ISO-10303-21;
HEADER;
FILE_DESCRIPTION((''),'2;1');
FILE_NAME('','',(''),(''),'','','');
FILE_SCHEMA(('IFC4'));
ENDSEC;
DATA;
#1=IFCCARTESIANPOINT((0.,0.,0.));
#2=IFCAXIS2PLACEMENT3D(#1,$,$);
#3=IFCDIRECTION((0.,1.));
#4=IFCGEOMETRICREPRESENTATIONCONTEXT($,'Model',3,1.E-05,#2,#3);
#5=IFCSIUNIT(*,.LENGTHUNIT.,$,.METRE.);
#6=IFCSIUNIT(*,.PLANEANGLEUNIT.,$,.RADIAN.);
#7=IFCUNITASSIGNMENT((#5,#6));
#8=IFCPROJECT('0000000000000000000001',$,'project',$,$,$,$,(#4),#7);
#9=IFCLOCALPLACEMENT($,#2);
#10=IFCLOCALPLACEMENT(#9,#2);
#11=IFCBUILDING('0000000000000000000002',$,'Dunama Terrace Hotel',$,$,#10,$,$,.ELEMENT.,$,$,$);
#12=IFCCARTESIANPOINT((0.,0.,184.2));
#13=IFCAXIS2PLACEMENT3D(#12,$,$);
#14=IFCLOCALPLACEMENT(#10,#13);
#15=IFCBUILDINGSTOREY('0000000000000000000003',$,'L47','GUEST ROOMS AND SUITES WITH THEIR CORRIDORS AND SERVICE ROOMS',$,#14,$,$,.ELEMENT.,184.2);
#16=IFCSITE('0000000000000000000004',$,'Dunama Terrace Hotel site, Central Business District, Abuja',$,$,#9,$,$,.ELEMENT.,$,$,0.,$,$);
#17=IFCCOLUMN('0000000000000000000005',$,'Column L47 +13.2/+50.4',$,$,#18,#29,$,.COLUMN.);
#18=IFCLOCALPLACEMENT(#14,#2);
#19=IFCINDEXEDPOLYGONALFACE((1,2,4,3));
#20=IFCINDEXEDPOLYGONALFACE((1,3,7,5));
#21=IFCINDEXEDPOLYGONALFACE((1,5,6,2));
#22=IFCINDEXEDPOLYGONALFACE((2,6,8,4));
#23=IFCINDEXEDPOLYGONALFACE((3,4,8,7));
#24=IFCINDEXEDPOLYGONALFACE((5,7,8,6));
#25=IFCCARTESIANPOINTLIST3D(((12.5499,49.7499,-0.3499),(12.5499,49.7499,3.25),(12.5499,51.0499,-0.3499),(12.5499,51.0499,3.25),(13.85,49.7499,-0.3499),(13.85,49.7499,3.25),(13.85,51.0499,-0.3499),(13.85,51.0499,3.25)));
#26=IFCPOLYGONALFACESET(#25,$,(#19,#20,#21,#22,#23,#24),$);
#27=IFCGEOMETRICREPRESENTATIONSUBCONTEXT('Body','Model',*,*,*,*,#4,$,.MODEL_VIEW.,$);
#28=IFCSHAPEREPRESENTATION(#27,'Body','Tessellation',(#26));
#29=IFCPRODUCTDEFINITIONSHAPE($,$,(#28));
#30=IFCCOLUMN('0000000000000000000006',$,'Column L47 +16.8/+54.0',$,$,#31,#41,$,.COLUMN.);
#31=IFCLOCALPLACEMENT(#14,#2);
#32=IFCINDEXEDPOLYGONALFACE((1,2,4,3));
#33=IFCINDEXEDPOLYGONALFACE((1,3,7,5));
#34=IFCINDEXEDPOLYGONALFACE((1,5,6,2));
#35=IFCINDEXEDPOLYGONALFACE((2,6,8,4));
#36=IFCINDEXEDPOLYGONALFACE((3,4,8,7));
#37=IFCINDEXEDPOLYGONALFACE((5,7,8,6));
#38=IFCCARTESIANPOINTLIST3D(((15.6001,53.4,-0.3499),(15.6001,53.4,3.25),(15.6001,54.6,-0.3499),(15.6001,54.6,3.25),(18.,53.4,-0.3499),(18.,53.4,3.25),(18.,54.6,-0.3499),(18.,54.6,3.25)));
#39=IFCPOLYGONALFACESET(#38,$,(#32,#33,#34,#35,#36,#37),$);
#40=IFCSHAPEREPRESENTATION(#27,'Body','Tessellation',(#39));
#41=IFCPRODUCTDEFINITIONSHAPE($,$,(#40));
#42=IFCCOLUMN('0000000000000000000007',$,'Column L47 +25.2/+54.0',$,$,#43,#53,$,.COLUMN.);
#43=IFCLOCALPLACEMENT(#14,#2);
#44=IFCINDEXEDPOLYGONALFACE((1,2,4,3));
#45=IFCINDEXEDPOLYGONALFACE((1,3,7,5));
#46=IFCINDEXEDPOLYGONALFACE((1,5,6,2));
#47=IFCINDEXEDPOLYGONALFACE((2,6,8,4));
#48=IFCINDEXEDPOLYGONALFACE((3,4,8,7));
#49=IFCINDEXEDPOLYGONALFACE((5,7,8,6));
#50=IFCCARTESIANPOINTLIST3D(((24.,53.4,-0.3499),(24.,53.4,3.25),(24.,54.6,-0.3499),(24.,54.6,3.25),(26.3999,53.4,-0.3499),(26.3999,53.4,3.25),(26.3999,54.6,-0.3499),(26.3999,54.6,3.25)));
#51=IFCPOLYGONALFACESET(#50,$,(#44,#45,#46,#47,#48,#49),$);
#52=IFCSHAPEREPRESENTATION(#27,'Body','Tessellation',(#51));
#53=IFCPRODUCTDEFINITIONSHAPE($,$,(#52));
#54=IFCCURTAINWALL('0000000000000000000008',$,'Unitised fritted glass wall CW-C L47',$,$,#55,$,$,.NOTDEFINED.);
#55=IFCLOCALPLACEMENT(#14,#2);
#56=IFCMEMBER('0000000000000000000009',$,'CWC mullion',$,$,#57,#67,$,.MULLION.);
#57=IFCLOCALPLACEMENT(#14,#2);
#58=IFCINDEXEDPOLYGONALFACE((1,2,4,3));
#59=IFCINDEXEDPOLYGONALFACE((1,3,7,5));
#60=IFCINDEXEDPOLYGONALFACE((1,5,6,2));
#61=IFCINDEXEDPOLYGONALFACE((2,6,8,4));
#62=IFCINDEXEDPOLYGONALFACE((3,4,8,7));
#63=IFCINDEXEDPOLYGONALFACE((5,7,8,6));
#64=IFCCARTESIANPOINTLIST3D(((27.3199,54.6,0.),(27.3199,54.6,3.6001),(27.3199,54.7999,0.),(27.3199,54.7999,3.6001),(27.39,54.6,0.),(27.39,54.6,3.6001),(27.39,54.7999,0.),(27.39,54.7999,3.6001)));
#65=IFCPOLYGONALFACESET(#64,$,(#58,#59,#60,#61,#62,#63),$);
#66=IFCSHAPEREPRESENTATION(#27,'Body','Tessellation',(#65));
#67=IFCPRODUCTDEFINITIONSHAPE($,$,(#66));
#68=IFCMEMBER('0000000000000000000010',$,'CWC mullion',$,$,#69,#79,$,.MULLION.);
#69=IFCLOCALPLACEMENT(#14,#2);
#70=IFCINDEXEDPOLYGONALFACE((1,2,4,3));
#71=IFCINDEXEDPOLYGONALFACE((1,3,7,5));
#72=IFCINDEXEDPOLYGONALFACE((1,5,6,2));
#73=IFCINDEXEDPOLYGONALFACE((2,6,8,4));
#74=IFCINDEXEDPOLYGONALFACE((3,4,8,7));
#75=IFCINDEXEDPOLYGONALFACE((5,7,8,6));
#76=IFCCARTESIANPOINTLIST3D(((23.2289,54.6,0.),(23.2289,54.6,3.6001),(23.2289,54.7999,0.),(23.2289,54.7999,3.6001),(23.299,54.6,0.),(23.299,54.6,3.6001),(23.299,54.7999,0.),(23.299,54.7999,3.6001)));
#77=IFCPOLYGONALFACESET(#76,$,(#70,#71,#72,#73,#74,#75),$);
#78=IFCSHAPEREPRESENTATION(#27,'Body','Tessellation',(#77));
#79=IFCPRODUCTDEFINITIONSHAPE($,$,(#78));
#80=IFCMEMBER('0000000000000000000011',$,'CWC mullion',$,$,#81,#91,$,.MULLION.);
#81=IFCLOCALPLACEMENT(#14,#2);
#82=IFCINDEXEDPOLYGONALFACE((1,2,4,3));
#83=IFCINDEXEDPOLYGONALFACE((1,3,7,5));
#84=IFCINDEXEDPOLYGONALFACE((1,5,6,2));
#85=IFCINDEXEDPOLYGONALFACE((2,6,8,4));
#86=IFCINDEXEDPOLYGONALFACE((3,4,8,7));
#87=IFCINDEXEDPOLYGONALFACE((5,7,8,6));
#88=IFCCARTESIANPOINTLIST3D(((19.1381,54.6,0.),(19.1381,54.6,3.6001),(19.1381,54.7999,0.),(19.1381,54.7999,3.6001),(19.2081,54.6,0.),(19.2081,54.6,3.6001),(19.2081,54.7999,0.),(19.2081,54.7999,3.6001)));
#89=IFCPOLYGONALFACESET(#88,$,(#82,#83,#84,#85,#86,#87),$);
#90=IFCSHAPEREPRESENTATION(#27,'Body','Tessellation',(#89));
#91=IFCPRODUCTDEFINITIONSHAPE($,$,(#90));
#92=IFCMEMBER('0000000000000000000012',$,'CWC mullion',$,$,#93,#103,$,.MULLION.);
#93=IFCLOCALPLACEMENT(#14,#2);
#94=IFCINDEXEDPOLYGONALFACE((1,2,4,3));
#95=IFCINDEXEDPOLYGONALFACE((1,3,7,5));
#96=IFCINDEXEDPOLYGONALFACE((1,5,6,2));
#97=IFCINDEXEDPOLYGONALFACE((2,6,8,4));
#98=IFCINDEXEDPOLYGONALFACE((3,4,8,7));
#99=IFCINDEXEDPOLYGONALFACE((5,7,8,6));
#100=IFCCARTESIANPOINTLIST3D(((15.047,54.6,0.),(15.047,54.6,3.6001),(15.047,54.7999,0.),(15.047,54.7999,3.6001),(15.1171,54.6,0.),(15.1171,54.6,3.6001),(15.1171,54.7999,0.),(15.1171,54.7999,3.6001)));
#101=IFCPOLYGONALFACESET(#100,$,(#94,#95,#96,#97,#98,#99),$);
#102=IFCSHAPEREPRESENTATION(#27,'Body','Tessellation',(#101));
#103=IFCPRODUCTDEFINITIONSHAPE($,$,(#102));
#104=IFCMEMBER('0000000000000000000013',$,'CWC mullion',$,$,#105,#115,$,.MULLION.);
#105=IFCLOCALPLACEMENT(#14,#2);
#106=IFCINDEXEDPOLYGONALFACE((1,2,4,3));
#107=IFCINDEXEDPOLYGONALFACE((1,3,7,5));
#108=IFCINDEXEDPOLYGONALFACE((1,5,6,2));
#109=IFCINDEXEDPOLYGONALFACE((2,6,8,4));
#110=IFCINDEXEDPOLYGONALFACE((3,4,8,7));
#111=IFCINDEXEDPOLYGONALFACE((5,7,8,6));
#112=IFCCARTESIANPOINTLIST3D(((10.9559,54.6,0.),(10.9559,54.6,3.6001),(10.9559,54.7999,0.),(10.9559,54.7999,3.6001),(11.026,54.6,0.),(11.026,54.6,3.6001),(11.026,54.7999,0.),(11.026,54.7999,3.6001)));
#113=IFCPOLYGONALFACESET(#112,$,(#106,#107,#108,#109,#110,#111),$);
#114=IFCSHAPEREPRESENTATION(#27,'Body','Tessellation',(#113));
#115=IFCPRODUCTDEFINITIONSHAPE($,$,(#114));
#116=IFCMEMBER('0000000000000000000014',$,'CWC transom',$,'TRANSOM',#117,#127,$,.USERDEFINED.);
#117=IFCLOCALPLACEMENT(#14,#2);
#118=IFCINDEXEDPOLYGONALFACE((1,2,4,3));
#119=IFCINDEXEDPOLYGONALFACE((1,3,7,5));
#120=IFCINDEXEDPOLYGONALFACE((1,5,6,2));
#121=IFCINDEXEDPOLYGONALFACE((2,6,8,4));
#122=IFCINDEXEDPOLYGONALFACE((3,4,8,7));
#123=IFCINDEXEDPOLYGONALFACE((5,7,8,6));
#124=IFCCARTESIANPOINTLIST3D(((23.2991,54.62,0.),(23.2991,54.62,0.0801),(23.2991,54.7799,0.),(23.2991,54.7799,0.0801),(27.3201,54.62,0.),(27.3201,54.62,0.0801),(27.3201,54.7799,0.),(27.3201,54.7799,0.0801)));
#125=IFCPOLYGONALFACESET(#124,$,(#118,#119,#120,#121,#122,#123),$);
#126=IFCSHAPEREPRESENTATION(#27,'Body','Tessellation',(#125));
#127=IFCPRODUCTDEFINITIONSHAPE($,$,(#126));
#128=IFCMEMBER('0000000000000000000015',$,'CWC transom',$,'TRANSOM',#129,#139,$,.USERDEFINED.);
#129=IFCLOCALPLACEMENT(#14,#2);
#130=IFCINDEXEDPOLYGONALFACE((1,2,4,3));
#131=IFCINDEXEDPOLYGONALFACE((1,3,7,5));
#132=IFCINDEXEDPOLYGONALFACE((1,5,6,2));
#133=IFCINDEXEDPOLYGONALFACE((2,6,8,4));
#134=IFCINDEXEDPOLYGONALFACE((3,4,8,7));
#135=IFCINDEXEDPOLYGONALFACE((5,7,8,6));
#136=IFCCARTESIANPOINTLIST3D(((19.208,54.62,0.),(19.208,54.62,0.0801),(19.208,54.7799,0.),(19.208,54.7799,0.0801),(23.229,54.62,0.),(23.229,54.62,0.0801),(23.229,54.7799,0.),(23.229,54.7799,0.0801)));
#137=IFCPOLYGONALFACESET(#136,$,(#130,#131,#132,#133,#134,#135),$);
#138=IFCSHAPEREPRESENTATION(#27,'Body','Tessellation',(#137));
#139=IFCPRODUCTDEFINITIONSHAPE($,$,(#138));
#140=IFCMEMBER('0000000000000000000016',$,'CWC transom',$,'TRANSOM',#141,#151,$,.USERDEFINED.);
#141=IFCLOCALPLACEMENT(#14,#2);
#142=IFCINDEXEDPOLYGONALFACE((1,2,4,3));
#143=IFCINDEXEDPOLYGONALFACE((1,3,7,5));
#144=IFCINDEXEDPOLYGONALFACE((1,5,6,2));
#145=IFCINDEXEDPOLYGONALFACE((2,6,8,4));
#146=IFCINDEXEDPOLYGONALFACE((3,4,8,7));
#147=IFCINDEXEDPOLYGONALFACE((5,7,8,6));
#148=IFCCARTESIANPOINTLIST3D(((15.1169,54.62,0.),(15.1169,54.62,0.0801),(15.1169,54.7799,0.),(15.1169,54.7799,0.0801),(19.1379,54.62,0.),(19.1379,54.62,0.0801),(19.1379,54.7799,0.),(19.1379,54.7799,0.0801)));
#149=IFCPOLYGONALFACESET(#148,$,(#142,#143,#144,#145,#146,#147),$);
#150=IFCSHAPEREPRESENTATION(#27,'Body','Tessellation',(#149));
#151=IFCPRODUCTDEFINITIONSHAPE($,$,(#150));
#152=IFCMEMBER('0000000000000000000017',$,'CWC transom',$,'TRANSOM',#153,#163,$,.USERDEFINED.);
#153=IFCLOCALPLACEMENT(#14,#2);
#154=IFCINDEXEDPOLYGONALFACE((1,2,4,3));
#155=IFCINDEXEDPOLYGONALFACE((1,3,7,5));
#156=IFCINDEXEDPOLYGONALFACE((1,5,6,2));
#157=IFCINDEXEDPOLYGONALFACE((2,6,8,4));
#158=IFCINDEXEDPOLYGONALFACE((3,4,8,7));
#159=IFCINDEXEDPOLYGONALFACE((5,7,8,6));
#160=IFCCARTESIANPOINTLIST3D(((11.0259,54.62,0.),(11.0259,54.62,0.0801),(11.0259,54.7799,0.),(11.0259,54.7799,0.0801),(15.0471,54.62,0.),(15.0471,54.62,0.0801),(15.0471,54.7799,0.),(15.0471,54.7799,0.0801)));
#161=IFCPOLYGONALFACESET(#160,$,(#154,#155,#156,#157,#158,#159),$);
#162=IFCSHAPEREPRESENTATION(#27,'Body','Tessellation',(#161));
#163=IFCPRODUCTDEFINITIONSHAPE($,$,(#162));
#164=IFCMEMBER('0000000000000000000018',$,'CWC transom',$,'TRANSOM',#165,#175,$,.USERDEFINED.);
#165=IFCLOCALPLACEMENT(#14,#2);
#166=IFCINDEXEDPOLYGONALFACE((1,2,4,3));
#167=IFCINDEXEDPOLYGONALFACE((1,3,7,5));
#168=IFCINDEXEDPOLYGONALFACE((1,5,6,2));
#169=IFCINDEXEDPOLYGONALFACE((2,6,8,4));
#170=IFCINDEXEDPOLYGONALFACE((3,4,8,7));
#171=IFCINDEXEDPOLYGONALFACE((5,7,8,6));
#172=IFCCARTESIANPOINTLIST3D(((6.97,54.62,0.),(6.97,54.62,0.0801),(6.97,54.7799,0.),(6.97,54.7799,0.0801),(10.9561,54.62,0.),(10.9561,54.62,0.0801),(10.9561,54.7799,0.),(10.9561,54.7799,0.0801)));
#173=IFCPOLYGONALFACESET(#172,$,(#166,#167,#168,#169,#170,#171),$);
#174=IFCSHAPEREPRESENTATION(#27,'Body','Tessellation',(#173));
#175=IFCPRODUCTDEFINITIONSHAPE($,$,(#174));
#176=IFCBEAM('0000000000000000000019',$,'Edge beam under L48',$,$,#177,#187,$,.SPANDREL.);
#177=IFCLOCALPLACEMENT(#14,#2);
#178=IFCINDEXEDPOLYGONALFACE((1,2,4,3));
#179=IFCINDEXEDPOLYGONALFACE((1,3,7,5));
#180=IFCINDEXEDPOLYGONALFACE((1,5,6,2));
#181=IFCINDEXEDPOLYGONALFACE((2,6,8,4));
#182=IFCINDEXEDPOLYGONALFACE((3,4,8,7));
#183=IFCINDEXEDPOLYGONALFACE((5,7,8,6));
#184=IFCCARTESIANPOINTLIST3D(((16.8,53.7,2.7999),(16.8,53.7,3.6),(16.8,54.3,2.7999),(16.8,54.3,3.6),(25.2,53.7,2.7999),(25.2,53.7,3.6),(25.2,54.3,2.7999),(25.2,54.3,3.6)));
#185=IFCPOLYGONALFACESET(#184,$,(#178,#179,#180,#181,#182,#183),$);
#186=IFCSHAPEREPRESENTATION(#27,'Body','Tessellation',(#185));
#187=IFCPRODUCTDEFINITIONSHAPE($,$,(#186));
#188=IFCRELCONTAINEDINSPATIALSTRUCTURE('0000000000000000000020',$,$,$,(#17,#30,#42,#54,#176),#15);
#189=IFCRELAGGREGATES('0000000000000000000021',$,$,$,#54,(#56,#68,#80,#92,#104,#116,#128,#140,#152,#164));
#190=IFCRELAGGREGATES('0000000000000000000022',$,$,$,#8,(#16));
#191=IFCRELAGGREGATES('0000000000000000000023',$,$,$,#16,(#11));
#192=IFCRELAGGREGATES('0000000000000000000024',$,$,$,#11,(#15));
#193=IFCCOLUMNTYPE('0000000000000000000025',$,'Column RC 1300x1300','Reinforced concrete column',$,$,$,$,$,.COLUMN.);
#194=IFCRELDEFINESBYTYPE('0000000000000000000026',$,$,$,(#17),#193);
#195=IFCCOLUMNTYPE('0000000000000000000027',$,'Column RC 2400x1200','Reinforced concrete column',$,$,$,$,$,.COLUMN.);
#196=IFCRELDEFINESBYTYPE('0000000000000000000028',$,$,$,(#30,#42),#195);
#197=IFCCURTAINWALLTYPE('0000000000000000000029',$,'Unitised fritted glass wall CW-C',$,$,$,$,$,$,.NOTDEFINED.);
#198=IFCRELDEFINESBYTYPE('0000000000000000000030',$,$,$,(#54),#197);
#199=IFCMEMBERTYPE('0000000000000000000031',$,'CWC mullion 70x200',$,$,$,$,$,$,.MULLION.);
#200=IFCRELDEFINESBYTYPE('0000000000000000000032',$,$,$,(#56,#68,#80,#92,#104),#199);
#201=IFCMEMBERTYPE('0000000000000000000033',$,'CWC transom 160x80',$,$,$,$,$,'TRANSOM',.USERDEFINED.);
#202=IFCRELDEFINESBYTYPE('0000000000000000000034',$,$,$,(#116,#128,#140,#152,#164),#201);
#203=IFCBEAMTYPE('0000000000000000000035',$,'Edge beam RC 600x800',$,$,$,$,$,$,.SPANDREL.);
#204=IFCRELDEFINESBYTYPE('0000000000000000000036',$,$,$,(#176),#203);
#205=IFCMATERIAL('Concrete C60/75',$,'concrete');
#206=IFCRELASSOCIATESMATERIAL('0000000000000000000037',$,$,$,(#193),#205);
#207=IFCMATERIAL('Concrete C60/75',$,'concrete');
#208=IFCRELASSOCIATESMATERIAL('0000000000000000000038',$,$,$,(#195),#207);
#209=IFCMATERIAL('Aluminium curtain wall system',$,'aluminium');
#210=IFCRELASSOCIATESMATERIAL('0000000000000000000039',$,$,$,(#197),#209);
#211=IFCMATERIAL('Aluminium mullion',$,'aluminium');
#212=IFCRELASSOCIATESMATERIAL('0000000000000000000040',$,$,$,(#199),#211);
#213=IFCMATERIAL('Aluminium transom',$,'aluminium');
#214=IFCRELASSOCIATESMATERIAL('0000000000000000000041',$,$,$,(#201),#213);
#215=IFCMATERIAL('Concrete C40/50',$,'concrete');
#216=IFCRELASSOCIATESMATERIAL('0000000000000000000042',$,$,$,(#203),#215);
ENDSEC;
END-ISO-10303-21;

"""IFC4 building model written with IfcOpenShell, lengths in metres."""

from ifc_helpers import new_model, si_unit, direction, frame, origin, origin_2d, place, context, subcontext, project, spatial, rectangle, extrude, material, material_profile, profile_set, type_object, element, aggregate, save


model = new_model("IFC4")

# Units and contexts
model_context = context("Model", 3, precision=1e-05, world=origin(), true_north=direction((0.0, 1.0)))
body_context = subcontext(model_context, "Body", "Model", "MODEL_VIEW")
ifc_project = project(units=[si_unit("LENGTHUNIT", "METRE"), si_unit("PLANEANGLEUNIT", "RADIAN")], contexts=[model_context])

# Site, building, storey
site_placement = place(None, origin())
site = spatial("IfcSite", under=ifc_project, at=site_placement, Name="Dunama Terrace Hotel site, Central Business District, Abuja", CompositionType="ELEMENT", RefElevation=0.0)
building_placement = place(site_placement, origin())
building = spatial("IfcBuilding", under=site, at=building_placement, Name="Dunama Terrace Hotel", CompositionType="ELEMENT")
storey_placement = place(building_placement, frame((0.0, 0.0, 184.2)))
storey = spatial("IfcBuildingStorey", under=building, at=storey_placement, Name="L47", Description="GUEST ROOMS AND SUITES WITH THEIR CORRIDORS AND SERVICE ROOMS", CompositionType="ELEMENT", Elevation=184.2)

# Columns
ifc_material_1 = material(Name="Concrete C60/75", Category="concrete")
ifc_material_profile_1 = material_profile(ifc_material_1, rectangle(XDim=1.3, YDim=1.3, at=origin_2d()), Name="RC 1300x1300")
ifc_profile_set_1 = profile_set([ifc_material_profile_1], Name="Concrete C60/75")
column_type_1 = type_object("IfcColumnType", Name="Column RC 1300x1300", Description="Reinforced concrete column", PredefinedType="COLUMN", material=ifc_profile_set_1)
column_placement = place(storey_placement, frame((13.2, 50.3999, -0.3499), z_axis=(0.0, 0.0, 1.0), x_axis=(1.0, 0.0, 0.0)))
element("IfcColumn", 1, at=column_placement, inside=storey, type_object=column_type_1, Name="Column L47 +13.2/+50.4", PredefinedType="COLUMN", context=body_context, shape_type="SweptSolid", body=[
    extrude(rectangle(XDim=1.3, YDim=1.3, at=origin_2d()), origin(), (0.0, 0.0, 1.0), 3.5999),
])
ifc_material_2 = material(Name="Concrete C60/75", Category="concrete")
ifc_material_profile_2 = material_profile(ifc_material_2, rectangle(XDim=2.3999, YDim=1.2, at=origin_2d()), Name="RC 2400x1200")
ifc_profile_set_2 = profile_set([ifc_material_profile_2], Name="Concrete C60/75")
column_type_2 = type_object("IfcColumnType", Name="Column RC 2400x1200", Description="Reinforced concrete column", PredefinedType="COLUMN", material=ifc_profile_set_2)
for number, where, z_axis, x_axis, name in (
    (2, (16.8, 54.0, -0.3499), (0.0, 0.0, 1.0), (1.0, 0.0, 0.0), "Column L47 +16.8/+54.0"),
    (3, (25.2, 54.0, -0.3499), (0.0, 0.0, 1.0), (1.0, 0.0, 0.0), "Column L47 +25.2/+54.0"),
):
    element("IfcColumn", number, at=place(storey_placement, frame(where, z_axis=z_axis, x_axis=x_axis)), inside=storey, type_object=column_type_2, Name=name, PredefinedType="COLUMN", context=body_context, shape_type="SweptSolid", body=[
        extrude(rectangle(XDim=2.3999, YDim=1.2, at=origin_2d()), origin(), (0.0, 0.0, 1.0), 3.5999),
    ])

# Curtain wall, members
ifc_material_3 = material(Name="Aluminium curtain wall system", Category="aluminium")
curtain_wall_type = type_object("IfcCurtainWallType", Name="Unitised fritted glass wall CW-C", PredefinedType="NOTDEFINED", material=ifc_material_3)
curtain_wall_placement = place(storey_placement, origin())
curtain_wall = element("IfcCurtainWall", 4, at=curtain_wall_placement, inside=storey, type_object=curtain_wall_type, Name="Unitised fritted glass wall CW-C L47", PredefinedType="NOTDEFINED")
ifc_material_4 = material(Name="Aluminium mullion", Category="aluminium")
ifc_material_profile_3 = material_profile(ifc_material_4, rectangle(XDim=0.0701, YDim=0.2, at=origin_2d()), Name="CWC MULLION 70X200")
ifc_profile_set_3 = profile_set([ifc_material_profile_3], Name="Aluminium mullion")
member_type_1 = type_object("IfcMemberType", Name="CWC mullion 70x200", PredefinedType="MULLION", material=ifc_profile_set_3)
member_1_placement = place(storey_placement, frame((27.355, 54.7, 0.0), z_axis=(0.0, 0.0, 1.0), x_axis=(-1.0, 0.0, 0.0)))
member_1 = element("IfcMember", 5, at=member_1_placement, type_object=member_type_1, Name="CWC mullion", PredefinedType="MULLION", context=body_context, shape_type="SweptSolid", body=[
    extrude(rectangle(XDim=0.0701, YDim=0.2, at=origin_2d()), origin(), (0.0, 0.0, 1.0), 3.6001),
])
member_2_placement = place(storey_placement, frame((23.2639, 54.7, 0.0), z_axis=(0.0, 0.0, 1.0), x_axis=(-1.0, 0.0, 0.0)))
member_2 = element("IfcMember", 6, at=member_2_placement, type_object=member_type_1, Name="CWC mullion", PredefinedType="MULLION", context=body_context, shape_type="SweptSolid", body=[
    extrude(rectangle(XDim=0.0701, YDim=0.2, at=origin_2d()), origin(), (0.0, 0.0, 1.0), 3.6001),
])
member_3_placement = place(storey_placement, frame((19.1731, 54.7, 0.0), z_axis=(0.0, 0.0, 1.0), x_axis=(-1.0, 0.0, 0.0)))
member_3 = element("IfcMember", 7, at=member_3_placement, type_object=member_type_1, Name="CWC mullion", PredefinedType="MULLION", context=body_context, shape_type="SweptSolid", body=[
    extrude(rectangle(XDim=0.0701, YDim=0.2, at=origin_2d()), origin(), (0.0, 0.0, 1.0), 3.6001),
])
member_4_placement = place(storey_placement, frame((15.082, 54.7, 0.0), z_axis=(0.0, 0.0, 1.0), x_axis=(-1.0, 0.0, 0.0)))
member_4 = element("IfcMember", 8, at=member_4_placement, type_object=member_type_1, Name="CWC mullion", PredefinedType="MULLION", context=body_context, shape_type="SweptSolid", body=[
    extrude(rectangle(XDim=0.0701, YDim=0.2, at=origin_2d()), origin(), (0.0, 0.0, 1.0), 3.6001),
])
member_5_placement = place(storey_placement, frame((10.991, 54.7, 0.0), z_axis=(0.0, 0.0, 1.0), x_axis=(-1.0, 0.0, 0.0)))
member_5 = element("IfcMember", 9, at=member_5_placement, type_object=member_type_1, Name="CWC mullion", PredefinedType="MULLION", context=body_context, shape_type="SweptSolid", body=[
    extrude(rectangle(XDim=0.0701, YDim=0.2, at=origin_2d()), origin(), (0.0, 0.0, 1.0), 3.6001),
])
ifc_material_5 = material(Name="Aluminium transom", Category="aluminium")
ifc_material_profile_4 = material_profile(ifc_material_5, rectangle(XDim=0.1599, YDim=0.0801, at=origin_2d()), Name="CWC TRANSOM 160X80")
ifc_profile_set_4 = profile_set([ifc_material_profile_4], Name="Aluminium transom")
member_type_2 = type_object("IfcMemberType", Name="CWC transom 160x80", ElementType="TRANSOM", PredefinedType="USERDEFINED", material=ifc_profile_set_4)
member_6_placement = place(storey_placement, frame((27.3201, 54.7, 0.04), z_axis=(-1.0, 0.0, 0.0), x_axis=(0.0, -1.0, 0.0)))
member_6 = element("IfcMember", 10, at=member_6_placement, type_object=member_type_2, Name="CWC transom", ObjectType="TRANSOM", PredefinedType="USERDEFINED", context=body_context, shape_type="SweptSolid", body=[
    extrude(rectangle(XDim=0.1599, YDim=0.0801, at=origin_2d()), origin(), (0.0, 0.0, 1.0), 4.021),
])
member_7_placement = place(storey_placement, frame((23.229, 54.7, 0.04), z_axis=(-1.0, 0.0, 0.0), x_axis=(0.0, -1.0, 0.0)))
member_7 = element("IfcMember", 11, at=member_7_placement, type_object=member_type_2, Name="CWC transom", ObjectType="TRANSOM", PredefinedType="USERDEFINED", context=body_context, shape_type="SweptSolid", body=[
    extrude(rectangle(XDim=0.1599, YDim=0.0801, at=origin_2d()), origin(), (0.0, 0.0, 1.0), 4.021),
])
member_8_placement = place(storey_placement, frame((19.1379, 54.7, 0.04), z_axis=(-1.0, 0.0, 0.0), x_axis=(0.0, -1.0, 0.0)))
member_8 = element("IfcMember", 12, at=member_8_placement, type_object=member_type_2, Name="CWC transom", ObjectType="TRANSOM", PredefinedType="USERDEFINED", context=body_context, shape_type="SweptSolid", body=[
    extrude(rectangle(XDim=0.1599, YDim=0.0801, at=origin_2d()), origin(), (0.0, 0.0, 1.0), 4.021),
])
member_9_placement = place(storey_placement, frame((15.0471, 54.7, 0.04), z_axis=(-1.0, 0.0, 0.0), x_axis=(0.0, -1.0, 0.0)))
member_9 = element("IfcMember", 13, at=member_9_placement, type_object=member_type_2, Name="CWC transom", ObjectType="TRANSOM", PredefinedType="USERDEFINED", context=body_context, shape_type="SweptSolid", body=[
    extrude(rectangle(XDim=0.1599, YDim=0.0801, at=origin_2d()), origin(), (0.0, 0.0, 1.0), 4.0212),
])
member_10_placement = place(storey_placement, frame((10.9561, 54.7, 0.04), z_axis=(-1.0, 0.0, 0.0), x_axis=(0.0, -1.0, 0.0)))
member_10 = element("IfcMember", 14, at=member_10_placement, type_object=member_type_2, Name="CWC transom", ObjectType="TRANSOM", PredefinedType="USERDEFINED", context=body_context, shape_type="SweptSolid", body=[
    extrude(rectangle(XDim=0.1599, YDim=0.0801, at=origin_2d()), origin(), (0.0, 0.0, 1.0), 3.9861),
])

# Beam
ifc_material_6 = material(Name="Concrete C40/50", Category="concrete")
ifc_material_profile_5 = material_profile(ifc_material_6, rectangle(XDim=0.6001, YDim=0.8, at=origin_2d()), Name="RC 600x800")
ifc_profile_set_5 = profile_set([ifc_material_profile_5], Name="Concrete C40/50")
beam_type = type_object("IfcBeamType", Name="Edge beam RC 600x800", PredefinedType="SPANDREL", material=ifc_profile_set_5)
beam_1_placement = place(storey_placement, frame((16.8, 54.0, 3.2), z_axis=(1.0, 0.0, 0.0), x_axis=(0.0, 1.0, 0.0)))
element("IfcBeam", 15, at=beam_1_placement, inside=storey, type_object=beam_type, Name="Edge beam under L48", PredefinedType="SPANDREL", context=body_context, shape_type="SweptSolid", body=[
    extrude(rectangle(XDim=0.6001, YDim=0.8, at=origin_2d()), origin(), (0.0, 0.0, 1.0), 8.3999),
])

aggregate(curtain_wall, [member_1, member_2, member_3, member_4, member_5, member_6, member_7, member_8, member_9, member_10])

save(model, "model.ifc")
